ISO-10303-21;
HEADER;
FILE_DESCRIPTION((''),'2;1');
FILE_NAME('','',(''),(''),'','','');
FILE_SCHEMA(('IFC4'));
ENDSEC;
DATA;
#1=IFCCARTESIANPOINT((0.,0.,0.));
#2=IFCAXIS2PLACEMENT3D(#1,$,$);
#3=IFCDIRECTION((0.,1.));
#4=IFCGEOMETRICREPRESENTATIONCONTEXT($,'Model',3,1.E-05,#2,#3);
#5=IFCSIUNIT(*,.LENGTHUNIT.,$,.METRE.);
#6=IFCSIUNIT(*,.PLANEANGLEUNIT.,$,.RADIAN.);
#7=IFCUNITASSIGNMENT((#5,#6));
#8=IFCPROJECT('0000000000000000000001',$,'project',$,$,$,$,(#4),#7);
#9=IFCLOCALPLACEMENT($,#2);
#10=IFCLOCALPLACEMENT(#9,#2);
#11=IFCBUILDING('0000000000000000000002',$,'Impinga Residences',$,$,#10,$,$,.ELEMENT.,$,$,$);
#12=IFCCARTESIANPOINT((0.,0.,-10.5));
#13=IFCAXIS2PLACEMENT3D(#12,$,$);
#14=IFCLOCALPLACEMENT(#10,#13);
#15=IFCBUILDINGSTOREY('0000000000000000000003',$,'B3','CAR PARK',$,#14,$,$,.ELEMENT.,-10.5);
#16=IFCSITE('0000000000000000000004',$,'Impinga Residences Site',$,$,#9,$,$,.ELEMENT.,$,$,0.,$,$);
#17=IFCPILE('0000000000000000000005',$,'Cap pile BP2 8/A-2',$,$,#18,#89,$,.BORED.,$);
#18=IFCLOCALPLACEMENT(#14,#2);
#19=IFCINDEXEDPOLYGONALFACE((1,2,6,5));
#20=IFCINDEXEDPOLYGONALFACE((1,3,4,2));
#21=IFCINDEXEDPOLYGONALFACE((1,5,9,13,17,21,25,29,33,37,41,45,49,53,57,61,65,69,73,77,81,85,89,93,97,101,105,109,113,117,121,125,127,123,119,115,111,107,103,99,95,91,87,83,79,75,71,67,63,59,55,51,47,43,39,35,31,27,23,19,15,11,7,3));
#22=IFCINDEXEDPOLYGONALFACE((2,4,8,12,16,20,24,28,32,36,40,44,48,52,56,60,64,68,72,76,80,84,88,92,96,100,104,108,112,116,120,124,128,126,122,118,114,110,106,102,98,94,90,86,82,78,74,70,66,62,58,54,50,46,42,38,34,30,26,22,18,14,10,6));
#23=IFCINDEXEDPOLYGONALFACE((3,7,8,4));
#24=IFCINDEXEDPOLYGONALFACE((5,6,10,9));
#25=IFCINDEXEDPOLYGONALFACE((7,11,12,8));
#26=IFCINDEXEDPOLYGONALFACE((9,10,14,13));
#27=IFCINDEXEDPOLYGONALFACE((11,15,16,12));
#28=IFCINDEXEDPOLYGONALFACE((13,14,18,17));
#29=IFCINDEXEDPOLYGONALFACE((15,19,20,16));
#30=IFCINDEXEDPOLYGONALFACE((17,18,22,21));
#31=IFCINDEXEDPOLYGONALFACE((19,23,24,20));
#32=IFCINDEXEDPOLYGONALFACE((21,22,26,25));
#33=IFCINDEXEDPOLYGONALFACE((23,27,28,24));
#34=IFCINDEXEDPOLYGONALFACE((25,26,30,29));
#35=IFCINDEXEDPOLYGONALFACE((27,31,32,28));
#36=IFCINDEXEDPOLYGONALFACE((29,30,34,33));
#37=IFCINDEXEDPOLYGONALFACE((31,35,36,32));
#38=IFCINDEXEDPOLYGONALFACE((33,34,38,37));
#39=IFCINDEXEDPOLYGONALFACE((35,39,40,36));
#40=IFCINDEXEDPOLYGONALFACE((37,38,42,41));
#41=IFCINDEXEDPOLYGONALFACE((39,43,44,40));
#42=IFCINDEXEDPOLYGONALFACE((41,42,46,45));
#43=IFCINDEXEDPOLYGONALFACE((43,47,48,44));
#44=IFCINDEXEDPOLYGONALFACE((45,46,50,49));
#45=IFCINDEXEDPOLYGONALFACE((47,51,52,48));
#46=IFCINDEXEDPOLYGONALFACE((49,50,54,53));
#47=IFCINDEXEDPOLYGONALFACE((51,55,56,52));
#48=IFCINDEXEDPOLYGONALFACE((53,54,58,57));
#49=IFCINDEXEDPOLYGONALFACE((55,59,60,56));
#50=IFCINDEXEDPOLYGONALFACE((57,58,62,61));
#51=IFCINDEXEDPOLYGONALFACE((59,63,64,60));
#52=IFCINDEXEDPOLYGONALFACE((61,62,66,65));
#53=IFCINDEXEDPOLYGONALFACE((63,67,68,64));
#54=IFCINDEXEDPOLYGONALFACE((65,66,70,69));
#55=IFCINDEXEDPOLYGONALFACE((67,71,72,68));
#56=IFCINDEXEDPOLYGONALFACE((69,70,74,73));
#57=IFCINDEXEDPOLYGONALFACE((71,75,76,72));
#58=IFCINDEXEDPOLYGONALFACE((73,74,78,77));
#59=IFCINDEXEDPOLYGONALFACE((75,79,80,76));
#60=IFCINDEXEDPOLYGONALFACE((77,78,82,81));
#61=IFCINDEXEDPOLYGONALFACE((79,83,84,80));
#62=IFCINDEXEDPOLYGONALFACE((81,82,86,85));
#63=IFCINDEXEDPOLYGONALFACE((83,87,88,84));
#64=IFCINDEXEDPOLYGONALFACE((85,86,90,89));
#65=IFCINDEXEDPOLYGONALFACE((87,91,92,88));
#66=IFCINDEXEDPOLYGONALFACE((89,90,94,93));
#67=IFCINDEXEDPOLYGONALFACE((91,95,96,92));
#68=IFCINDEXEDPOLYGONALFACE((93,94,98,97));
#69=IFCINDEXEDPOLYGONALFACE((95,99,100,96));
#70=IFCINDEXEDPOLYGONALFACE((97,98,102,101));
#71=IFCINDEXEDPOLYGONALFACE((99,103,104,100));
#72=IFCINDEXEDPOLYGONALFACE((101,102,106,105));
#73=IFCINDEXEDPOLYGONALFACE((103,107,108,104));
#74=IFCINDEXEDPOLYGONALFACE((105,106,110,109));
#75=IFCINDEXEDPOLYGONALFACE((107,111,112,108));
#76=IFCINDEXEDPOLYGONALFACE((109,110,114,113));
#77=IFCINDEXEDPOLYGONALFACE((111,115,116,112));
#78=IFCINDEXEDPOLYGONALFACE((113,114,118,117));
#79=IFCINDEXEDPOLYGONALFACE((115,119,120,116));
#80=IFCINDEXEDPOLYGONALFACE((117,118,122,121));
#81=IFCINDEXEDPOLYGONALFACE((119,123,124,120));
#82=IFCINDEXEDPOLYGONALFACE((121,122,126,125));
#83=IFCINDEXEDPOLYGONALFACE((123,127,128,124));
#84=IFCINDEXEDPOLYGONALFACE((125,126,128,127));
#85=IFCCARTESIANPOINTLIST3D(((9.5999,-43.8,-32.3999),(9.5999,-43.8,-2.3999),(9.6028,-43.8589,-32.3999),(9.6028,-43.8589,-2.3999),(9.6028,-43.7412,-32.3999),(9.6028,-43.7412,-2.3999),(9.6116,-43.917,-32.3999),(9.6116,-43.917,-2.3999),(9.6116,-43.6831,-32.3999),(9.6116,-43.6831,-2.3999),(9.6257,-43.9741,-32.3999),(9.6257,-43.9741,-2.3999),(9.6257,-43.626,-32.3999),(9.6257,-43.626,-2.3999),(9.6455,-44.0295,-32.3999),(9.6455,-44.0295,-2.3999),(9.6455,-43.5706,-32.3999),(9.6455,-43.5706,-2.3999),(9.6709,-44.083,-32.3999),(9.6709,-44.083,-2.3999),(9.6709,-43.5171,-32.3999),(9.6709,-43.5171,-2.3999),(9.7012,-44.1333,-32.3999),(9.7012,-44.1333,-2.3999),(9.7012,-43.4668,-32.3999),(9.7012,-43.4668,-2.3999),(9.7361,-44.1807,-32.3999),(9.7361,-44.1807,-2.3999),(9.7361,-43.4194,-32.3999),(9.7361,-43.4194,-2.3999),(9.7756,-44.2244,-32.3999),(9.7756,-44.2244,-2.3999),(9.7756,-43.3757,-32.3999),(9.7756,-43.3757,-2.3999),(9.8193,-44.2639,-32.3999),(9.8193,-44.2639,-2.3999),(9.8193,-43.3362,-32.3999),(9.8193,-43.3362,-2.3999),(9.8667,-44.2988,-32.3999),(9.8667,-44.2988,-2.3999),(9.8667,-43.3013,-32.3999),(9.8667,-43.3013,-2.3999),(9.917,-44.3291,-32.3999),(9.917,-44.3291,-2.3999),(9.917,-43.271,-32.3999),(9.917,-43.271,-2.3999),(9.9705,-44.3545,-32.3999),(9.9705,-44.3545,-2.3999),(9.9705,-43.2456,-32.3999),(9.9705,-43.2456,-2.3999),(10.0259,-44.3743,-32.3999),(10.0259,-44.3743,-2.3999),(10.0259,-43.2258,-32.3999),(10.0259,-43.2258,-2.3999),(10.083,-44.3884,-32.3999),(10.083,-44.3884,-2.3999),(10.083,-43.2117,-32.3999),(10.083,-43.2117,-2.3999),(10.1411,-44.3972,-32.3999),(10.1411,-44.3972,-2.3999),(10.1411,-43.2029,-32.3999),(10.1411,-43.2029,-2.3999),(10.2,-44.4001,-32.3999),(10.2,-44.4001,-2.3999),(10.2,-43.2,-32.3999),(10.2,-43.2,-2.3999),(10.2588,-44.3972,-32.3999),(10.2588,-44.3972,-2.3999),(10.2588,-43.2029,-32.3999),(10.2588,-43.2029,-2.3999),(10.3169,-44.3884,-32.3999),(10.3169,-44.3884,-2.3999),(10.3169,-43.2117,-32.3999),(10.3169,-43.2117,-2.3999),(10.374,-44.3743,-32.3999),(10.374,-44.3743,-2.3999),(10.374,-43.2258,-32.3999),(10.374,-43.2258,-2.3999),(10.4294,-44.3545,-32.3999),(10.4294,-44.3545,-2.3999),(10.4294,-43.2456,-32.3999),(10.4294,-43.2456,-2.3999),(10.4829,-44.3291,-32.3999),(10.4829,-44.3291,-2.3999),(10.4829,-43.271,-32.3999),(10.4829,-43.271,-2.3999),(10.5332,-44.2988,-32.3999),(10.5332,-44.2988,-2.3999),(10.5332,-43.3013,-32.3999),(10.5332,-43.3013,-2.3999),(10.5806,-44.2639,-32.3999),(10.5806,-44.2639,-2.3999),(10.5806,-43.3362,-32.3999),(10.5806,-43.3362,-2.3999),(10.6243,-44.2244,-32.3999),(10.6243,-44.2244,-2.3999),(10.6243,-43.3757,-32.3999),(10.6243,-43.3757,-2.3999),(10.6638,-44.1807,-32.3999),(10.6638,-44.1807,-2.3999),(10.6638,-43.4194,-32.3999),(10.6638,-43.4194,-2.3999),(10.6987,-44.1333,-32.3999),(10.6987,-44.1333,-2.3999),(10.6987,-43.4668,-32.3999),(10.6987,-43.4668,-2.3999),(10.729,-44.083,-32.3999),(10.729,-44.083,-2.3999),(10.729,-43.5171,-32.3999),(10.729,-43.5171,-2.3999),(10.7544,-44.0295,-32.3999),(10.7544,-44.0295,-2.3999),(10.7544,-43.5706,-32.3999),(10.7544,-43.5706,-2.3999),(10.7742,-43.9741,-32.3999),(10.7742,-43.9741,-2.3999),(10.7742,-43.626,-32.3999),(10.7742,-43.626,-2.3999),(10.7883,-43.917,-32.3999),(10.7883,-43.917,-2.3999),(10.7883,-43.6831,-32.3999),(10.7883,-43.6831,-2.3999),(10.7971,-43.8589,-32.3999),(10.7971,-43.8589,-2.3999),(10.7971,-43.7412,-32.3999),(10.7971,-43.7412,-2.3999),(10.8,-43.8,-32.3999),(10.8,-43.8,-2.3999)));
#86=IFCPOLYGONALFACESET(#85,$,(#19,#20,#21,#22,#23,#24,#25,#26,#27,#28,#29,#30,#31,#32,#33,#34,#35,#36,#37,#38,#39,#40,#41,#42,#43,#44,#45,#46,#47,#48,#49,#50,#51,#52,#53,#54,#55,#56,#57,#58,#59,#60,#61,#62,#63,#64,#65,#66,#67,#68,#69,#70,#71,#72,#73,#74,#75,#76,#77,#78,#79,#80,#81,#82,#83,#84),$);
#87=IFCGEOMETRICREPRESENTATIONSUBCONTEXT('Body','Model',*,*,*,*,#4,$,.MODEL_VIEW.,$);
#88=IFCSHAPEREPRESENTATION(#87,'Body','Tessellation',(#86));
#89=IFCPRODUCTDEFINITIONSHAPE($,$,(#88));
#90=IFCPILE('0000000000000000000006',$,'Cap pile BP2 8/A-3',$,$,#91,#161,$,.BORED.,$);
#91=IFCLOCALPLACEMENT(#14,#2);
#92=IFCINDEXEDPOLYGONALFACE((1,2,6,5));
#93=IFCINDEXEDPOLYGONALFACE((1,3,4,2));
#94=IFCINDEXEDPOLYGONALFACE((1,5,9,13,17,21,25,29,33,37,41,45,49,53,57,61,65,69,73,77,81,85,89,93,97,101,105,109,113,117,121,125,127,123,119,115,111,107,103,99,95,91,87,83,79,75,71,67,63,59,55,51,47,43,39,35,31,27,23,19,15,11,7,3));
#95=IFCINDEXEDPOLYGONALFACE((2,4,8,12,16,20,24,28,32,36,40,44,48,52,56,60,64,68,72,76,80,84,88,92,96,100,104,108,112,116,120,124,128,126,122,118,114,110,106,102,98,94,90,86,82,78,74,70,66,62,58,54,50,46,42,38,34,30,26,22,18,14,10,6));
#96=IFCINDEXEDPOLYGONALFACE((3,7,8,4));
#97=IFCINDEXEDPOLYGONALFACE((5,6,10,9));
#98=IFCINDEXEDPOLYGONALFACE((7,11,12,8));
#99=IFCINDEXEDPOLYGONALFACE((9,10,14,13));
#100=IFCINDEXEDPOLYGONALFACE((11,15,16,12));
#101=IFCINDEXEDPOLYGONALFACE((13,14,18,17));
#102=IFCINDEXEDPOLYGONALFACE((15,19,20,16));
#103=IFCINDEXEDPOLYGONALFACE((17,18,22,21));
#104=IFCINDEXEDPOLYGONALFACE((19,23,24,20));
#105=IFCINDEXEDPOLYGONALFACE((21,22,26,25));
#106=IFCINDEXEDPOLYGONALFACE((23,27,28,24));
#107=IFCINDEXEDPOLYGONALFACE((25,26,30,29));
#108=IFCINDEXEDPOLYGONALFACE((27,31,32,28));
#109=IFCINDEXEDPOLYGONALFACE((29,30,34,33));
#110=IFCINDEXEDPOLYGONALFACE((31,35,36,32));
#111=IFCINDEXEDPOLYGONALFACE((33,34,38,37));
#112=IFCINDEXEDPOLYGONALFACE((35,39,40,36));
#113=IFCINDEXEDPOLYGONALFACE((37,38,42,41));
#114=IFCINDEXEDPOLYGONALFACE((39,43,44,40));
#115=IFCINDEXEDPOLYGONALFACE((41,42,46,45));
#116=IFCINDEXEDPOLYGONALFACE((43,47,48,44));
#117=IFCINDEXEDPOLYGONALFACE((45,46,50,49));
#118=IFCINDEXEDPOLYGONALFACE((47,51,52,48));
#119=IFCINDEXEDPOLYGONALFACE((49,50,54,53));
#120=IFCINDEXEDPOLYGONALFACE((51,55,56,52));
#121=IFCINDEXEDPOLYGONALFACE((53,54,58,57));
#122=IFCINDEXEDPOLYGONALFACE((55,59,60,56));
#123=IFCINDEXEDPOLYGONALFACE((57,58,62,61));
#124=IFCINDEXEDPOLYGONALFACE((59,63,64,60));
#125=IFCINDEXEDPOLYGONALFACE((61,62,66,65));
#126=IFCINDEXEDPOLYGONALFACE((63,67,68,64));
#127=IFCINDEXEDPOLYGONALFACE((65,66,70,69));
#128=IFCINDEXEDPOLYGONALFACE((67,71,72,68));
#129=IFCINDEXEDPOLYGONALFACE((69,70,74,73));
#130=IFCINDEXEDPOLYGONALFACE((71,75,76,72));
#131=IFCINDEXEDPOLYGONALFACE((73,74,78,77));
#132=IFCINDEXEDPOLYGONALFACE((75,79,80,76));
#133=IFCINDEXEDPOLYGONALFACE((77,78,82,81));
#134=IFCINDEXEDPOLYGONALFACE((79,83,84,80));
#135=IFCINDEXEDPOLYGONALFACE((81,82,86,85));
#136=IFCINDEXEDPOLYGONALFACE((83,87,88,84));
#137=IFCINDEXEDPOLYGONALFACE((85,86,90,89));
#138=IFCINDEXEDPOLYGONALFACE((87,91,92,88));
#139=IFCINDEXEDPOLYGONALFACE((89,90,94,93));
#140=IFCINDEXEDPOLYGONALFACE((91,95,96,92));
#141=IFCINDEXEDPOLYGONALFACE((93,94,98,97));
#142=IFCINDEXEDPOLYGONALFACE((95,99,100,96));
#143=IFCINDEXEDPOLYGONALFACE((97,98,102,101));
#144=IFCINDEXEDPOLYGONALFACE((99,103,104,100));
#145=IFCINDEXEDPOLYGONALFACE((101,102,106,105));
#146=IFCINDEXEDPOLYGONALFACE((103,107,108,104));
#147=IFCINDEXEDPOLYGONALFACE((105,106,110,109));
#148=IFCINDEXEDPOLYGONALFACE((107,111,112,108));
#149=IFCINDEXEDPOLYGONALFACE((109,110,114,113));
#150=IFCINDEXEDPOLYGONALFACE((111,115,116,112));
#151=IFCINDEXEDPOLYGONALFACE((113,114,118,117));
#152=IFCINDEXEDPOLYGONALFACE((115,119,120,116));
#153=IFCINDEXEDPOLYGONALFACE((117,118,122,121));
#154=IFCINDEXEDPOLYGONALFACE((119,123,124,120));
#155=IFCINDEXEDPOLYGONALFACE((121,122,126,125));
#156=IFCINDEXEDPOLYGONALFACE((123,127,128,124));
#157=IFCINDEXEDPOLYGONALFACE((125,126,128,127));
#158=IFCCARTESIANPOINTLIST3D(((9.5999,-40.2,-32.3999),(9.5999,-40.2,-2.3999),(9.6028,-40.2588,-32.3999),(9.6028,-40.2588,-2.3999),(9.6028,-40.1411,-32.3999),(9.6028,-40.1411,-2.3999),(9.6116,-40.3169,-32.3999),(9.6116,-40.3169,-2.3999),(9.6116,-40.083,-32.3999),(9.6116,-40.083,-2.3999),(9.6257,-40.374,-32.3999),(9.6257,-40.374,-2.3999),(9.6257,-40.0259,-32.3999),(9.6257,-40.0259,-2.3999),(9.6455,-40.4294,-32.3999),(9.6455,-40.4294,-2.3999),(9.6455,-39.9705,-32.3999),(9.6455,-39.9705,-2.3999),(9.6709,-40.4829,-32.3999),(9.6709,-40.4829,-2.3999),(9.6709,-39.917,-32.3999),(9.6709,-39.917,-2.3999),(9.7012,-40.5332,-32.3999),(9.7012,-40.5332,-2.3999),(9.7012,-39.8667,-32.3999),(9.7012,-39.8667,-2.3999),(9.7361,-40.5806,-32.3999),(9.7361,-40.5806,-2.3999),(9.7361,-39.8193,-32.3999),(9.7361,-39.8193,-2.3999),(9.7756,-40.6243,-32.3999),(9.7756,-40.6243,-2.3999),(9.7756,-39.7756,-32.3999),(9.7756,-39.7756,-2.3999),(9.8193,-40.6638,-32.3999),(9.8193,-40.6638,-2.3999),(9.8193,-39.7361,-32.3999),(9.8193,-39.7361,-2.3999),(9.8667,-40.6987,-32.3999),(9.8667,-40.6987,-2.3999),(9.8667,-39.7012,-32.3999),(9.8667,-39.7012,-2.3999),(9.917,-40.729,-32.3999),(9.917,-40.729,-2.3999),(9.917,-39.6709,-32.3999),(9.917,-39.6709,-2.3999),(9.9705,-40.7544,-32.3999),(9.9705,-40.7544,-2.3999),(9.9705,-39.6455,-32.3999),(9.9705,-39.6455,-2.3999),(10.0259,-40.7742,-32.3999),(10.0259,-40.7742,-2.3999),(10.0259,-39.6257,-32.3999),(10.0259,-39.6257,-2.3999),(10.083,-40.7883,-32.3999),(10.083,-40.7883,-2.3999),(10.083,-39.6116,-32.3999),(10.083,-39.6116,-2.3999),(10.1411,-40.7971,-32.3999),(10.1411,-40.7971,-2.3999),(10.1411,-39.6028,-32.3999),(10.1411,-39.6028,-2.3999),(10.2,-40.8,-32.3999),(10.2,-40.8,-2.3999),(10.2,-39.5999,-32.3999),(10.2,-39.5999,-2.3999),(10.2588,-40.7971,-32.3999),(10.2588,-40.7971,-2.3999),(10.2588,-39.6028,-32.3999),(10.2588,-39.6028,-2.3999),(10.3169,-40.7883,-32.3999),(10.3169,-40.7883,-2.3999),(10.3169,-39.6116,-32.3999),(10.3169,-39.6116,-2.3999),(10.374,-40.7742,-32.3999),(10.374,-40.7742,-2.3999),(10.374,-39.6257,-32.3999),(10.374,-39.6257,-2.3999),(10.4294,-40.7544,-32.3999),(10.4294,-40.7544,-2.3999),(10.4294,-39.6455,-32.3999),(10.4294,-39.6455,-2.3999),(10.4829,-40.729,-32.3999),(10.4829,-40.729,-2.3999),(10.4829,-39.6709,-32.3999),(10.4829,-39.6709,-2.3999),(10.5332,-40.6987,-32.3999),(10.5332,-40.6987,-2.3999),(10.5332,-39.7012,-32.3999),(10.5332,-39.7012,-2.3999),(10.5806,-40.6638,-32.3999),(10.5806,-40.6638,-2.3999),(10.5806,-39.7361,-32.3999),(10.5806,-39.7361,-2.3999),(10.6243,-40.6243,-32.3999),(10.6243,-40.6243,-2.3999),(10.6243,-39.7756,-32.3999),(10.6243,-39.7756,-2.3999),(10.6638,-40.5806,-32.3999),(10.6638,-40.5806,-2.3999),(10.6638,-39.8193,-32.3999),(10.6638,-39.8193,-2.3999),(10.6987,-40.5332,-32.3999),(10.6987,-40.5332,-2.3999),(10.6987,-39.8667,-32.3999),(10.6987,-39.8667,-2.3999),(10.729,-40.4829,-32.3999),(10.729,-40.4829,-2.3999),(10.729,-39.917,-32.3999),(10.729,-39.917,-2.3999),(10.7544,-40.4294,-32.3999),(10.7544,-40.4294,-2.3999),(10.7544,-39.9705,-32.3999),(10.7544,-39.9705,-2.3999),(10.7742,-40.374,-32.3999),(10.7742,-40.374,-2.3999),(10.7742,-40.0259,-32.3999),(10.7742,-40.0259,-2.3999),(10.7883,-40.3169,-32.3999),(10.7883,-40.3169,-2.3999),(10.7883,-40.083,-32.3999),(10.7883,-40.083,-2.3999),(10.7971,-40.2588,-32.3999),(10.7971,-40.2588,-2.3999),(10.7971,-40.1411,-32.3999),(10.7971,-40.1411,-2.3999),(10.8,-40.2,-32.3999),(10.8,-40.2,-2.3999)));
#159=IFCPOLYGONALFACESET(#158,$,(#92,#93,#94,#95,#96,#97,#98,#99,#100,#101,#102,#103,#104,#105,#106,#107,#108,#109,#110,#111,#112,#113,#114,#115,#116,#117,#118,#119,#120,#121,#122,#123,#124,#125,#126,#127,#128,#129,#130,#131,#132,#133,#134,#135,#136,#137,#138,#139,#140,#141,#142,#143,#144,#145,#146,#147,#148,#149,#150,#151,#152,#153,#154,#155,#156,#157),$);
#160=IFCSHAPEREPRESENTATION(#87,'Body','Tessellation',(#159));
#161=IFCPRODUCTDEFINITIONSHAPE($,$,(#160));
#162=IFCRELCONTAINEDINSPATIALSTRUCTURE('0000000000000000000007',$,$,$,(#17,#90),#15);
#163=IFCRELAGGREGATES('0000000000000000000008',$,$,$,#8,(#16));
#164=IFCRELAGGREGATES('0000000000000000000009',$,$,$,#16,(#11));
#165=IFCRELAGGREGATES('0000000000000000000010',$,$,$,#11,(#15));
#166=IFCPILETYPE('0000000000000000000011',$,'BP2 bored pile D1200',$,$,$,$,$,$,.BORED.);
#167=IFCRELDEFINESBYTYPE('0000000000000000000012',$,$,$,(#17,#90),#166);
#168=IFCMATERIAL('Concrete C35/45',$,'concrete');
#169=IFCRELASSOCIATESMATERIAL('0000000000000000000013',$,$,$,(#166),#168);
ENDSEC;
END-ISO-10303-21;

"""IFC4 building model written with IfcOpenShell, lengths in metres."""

from ifc_helpers import new_model, si_unit, direction, frame, origin, origin_2d, place, context, subcontext, project, spatial, polyline, circle, outline, extrude, material, material_profile, profile_set, type_object, element, save


model = new_model("IFC4")

# Units and contexts
model_context = context("Model", 3, precision=1e-05, world=origin(), true_north=direction((0.0, 1.0)))
body_context = subcontext(model_context, "Body", "Model", "MODEL_VIEW")
ifc_project = project(units=[si_unit("LENGTHUNIT", "METRE"), si_unit("PLANEANGLEUNIT", "RADIAN")], contexts=[model_context])

# Site, building, storey
site_placement = place(None, origin())
site = spatial("IfcSite", under=ifc_project, at=site_placement, Name="Impinga Residences Site", CompositionType="ELEMENT", RefElevation=0.0)
building_placement = place(site_placement, origin())
building = spatial("IfcBuilding", under=site, at=building_placement, Name="Impinga Residences", CompositionType="ELEMENT")
storey_placement = place(building_placement, frame((0.0, 0.0, -10.5)))
storey = spatial("IfcBuildingStorey", under=building, at=storey_placement, Name="B3", Description="CAR PARK", CompositionType="ELEMENT", Elevation=-10.5)

# Piles
ifc_material_1 = material(Name="Concrete C35/45", Category="concrete")
ifc_material_profile_1 = material_profile(ifc_material_1, circle(Radius=0.6001, at=origin_2d()), Name="D1200")
ifc_profile_set_1 = profile_set([ifc_material_profile_1], Name="Concrete C35/45")
pile_type = type_object("IfcPileType", Name="BP2 bored pile D1200", PredefinedType="BORED", material=ifc_profile_set_1)
pile_1_placement = place(storey_placement, frame((10.2, -43.8, -2.3999), z_axis=(0.0, 0.0, -1.0), x_axis=(1.0, 0.0, 0.0)))
element("IfcPile", 1, at=pile_1_placement, inside=storey, type_object=pile_type, Name="Cap pile BP2 8/A-2", PredefinedType="BORED", context=body_context, shape_type="SweptSolid", body=[
    extrude(outline(polyline([(0.6001, 0.0), (0.5972, 0.0588), (0.5884, 0.1169), (0.5742, 0.1741), (0.5544, 0.2295), (0.5291, 0.283), (0.4988, 0.3333), (0.4639, 0.3806), (0.4243, 0.4243), (0.3806, 0.4639), (0.3333, 0.4988), (0.283, 0.5291), (0.2295, 0.5544), (0.1741, 0.5742), (0.1169, 0.5884), (0.0588, 0.5972), (0.0, 0.6001), (-0.0588, 0.5972), (-0.1169, 0.5884), (-0.1741, 0.5742), (-0.2295, 0.5544), (-0.283, 0.5291), (-0.3333, 0.4988), (-0.3806, 0.4639), (-0.4243, 0.4243), (-0.4639, 0.3806), (-0.4988, 0.3333), (-0.5291, 0.283), (-0.5544, 0.2295), (-0.5742, 0.1741), (-0.5884, 0.1169), (-0.5972, 0.0588), (-0.6001, 0.0), (-0.5972, -0.0588), (-0.5884, -0.1169), (-0.5742, -0.1741), (-0.5544, -0.2295), (-0.5291, -0.283), (-0.4988, -0.3333), (-0.4639, -0.3806), (-0.4243, -0.4243), (-0.3806, -0.4639), (-0.3333, -0.4988), (-0.283, -0.5291), (-0.2295, -0.5544), (-0.1741, -0.5742), (-0.1169, -0.5884), (-0.0588, -0.5972), (0.0, -0.6001), (0.0588, -0.5972), (0.1169, -0.5884), (0.1741, -0.5742), (0.2295, -0.5544), (0.283, -0.5291), (0.3333, -0.4988), (0.3806, -0.4639), (0.4243, -0.4243), (0.4639, -0.3806), (0.4988, -0.3333), (0.5291, -0.283), (0.5544, -0.2295), (0.5742, -0.1741), (0.5884, -0.1169), (0.5972, -0.0588), (0.6001, 0.0)])), origin(), (0.0, 0.0, 1.0), 30.0),
])
pile_2_placement = place(storey_placement, frame((10.2, -40.2, -2.3999), z_axis=(0.0, 0.0, -1.0), x_axis=(1.0, 0.0, 0.0)))
element("IfcPile", 2, at=pile_2_placement, inside=storey, type_object=pile_type, Name="Cap pile BP2 8/A-3", PredefinedType="BORED", context=body_context, shape_type="SweptSolid", body=[
    extrude(outline(polyline([(0.6001, 0.0), (0.5972, 0.0588), (0.5884, 0.1169), (0.5742, 0.1741), (0.5544, 0.2295), (0.5291, 0.283), (0.4988, 0.3333), (0.4639, 0.3806), (0.4243, 0.4243), (0.3806, 0.4639), (0.3333, 0.4988), (0.283, 0.5291), (0.2295, 0.5544), (0.1741, 0.5742), (0.1169, 0.5884), (0.0588, 0.5972), (0.0, 0.6001), (-0.0588, 0.5972), (-0.1169, 0.5884), (-0.1741, 0.5742), (-0.2295, 0.5544), (-0.283, 0.5291), (-0.3333, 0.4988), (-0.3806, 0.4639), (-0.4243, 0.4243), (-0.4639, 0.3806), (-0.4988, 0.3333), (-0.5291, 0.283), (-0.5544, 0.2295), (-0.5742, 0.1741), (-0.5884, 0.1169), (-0.5972, 0.0588), (-0.6001, 0.0), (-0.5972, -0.0588), (-0.5884, -0.1169), (-0.5742, -0.1741), (-0.5544, -0.2295), (-0.5291, -0.283), (-0.4988, -0.3333), (-0.4639, -0.3806), (-0.4243, -0.4243), (-0.3806, -0.4639), (-0.3333, -0.4988), (-0.283, -0.5291), (-0.2295, -0.5544), (-0.1741, -0.5742), (-0.1169, -0.5884), (-0.0588, -0.5972), (0.0, -0.6001), (0.0588, -0.5972), (0.1169, -0.5884), (0.1741, -0.5742), (0.2295, -0.5544), (0.283, -0.5291), (0.3333, -0.4988), (0.3806, -0.4639), (0.4243, -0.4243), (0.4639, -0.3806), (0.4988, -0.3333), (0.5291, -0.283), (0.5544, -0.2295), (0.5742, -0.1741), (0.5884, -0.1169), (0.5972, -0.0588), (0.6001, 0.0)])), origin(), (0.0, 0.0, 1.0), 30.0),
])

save(model, "model.ifc")
